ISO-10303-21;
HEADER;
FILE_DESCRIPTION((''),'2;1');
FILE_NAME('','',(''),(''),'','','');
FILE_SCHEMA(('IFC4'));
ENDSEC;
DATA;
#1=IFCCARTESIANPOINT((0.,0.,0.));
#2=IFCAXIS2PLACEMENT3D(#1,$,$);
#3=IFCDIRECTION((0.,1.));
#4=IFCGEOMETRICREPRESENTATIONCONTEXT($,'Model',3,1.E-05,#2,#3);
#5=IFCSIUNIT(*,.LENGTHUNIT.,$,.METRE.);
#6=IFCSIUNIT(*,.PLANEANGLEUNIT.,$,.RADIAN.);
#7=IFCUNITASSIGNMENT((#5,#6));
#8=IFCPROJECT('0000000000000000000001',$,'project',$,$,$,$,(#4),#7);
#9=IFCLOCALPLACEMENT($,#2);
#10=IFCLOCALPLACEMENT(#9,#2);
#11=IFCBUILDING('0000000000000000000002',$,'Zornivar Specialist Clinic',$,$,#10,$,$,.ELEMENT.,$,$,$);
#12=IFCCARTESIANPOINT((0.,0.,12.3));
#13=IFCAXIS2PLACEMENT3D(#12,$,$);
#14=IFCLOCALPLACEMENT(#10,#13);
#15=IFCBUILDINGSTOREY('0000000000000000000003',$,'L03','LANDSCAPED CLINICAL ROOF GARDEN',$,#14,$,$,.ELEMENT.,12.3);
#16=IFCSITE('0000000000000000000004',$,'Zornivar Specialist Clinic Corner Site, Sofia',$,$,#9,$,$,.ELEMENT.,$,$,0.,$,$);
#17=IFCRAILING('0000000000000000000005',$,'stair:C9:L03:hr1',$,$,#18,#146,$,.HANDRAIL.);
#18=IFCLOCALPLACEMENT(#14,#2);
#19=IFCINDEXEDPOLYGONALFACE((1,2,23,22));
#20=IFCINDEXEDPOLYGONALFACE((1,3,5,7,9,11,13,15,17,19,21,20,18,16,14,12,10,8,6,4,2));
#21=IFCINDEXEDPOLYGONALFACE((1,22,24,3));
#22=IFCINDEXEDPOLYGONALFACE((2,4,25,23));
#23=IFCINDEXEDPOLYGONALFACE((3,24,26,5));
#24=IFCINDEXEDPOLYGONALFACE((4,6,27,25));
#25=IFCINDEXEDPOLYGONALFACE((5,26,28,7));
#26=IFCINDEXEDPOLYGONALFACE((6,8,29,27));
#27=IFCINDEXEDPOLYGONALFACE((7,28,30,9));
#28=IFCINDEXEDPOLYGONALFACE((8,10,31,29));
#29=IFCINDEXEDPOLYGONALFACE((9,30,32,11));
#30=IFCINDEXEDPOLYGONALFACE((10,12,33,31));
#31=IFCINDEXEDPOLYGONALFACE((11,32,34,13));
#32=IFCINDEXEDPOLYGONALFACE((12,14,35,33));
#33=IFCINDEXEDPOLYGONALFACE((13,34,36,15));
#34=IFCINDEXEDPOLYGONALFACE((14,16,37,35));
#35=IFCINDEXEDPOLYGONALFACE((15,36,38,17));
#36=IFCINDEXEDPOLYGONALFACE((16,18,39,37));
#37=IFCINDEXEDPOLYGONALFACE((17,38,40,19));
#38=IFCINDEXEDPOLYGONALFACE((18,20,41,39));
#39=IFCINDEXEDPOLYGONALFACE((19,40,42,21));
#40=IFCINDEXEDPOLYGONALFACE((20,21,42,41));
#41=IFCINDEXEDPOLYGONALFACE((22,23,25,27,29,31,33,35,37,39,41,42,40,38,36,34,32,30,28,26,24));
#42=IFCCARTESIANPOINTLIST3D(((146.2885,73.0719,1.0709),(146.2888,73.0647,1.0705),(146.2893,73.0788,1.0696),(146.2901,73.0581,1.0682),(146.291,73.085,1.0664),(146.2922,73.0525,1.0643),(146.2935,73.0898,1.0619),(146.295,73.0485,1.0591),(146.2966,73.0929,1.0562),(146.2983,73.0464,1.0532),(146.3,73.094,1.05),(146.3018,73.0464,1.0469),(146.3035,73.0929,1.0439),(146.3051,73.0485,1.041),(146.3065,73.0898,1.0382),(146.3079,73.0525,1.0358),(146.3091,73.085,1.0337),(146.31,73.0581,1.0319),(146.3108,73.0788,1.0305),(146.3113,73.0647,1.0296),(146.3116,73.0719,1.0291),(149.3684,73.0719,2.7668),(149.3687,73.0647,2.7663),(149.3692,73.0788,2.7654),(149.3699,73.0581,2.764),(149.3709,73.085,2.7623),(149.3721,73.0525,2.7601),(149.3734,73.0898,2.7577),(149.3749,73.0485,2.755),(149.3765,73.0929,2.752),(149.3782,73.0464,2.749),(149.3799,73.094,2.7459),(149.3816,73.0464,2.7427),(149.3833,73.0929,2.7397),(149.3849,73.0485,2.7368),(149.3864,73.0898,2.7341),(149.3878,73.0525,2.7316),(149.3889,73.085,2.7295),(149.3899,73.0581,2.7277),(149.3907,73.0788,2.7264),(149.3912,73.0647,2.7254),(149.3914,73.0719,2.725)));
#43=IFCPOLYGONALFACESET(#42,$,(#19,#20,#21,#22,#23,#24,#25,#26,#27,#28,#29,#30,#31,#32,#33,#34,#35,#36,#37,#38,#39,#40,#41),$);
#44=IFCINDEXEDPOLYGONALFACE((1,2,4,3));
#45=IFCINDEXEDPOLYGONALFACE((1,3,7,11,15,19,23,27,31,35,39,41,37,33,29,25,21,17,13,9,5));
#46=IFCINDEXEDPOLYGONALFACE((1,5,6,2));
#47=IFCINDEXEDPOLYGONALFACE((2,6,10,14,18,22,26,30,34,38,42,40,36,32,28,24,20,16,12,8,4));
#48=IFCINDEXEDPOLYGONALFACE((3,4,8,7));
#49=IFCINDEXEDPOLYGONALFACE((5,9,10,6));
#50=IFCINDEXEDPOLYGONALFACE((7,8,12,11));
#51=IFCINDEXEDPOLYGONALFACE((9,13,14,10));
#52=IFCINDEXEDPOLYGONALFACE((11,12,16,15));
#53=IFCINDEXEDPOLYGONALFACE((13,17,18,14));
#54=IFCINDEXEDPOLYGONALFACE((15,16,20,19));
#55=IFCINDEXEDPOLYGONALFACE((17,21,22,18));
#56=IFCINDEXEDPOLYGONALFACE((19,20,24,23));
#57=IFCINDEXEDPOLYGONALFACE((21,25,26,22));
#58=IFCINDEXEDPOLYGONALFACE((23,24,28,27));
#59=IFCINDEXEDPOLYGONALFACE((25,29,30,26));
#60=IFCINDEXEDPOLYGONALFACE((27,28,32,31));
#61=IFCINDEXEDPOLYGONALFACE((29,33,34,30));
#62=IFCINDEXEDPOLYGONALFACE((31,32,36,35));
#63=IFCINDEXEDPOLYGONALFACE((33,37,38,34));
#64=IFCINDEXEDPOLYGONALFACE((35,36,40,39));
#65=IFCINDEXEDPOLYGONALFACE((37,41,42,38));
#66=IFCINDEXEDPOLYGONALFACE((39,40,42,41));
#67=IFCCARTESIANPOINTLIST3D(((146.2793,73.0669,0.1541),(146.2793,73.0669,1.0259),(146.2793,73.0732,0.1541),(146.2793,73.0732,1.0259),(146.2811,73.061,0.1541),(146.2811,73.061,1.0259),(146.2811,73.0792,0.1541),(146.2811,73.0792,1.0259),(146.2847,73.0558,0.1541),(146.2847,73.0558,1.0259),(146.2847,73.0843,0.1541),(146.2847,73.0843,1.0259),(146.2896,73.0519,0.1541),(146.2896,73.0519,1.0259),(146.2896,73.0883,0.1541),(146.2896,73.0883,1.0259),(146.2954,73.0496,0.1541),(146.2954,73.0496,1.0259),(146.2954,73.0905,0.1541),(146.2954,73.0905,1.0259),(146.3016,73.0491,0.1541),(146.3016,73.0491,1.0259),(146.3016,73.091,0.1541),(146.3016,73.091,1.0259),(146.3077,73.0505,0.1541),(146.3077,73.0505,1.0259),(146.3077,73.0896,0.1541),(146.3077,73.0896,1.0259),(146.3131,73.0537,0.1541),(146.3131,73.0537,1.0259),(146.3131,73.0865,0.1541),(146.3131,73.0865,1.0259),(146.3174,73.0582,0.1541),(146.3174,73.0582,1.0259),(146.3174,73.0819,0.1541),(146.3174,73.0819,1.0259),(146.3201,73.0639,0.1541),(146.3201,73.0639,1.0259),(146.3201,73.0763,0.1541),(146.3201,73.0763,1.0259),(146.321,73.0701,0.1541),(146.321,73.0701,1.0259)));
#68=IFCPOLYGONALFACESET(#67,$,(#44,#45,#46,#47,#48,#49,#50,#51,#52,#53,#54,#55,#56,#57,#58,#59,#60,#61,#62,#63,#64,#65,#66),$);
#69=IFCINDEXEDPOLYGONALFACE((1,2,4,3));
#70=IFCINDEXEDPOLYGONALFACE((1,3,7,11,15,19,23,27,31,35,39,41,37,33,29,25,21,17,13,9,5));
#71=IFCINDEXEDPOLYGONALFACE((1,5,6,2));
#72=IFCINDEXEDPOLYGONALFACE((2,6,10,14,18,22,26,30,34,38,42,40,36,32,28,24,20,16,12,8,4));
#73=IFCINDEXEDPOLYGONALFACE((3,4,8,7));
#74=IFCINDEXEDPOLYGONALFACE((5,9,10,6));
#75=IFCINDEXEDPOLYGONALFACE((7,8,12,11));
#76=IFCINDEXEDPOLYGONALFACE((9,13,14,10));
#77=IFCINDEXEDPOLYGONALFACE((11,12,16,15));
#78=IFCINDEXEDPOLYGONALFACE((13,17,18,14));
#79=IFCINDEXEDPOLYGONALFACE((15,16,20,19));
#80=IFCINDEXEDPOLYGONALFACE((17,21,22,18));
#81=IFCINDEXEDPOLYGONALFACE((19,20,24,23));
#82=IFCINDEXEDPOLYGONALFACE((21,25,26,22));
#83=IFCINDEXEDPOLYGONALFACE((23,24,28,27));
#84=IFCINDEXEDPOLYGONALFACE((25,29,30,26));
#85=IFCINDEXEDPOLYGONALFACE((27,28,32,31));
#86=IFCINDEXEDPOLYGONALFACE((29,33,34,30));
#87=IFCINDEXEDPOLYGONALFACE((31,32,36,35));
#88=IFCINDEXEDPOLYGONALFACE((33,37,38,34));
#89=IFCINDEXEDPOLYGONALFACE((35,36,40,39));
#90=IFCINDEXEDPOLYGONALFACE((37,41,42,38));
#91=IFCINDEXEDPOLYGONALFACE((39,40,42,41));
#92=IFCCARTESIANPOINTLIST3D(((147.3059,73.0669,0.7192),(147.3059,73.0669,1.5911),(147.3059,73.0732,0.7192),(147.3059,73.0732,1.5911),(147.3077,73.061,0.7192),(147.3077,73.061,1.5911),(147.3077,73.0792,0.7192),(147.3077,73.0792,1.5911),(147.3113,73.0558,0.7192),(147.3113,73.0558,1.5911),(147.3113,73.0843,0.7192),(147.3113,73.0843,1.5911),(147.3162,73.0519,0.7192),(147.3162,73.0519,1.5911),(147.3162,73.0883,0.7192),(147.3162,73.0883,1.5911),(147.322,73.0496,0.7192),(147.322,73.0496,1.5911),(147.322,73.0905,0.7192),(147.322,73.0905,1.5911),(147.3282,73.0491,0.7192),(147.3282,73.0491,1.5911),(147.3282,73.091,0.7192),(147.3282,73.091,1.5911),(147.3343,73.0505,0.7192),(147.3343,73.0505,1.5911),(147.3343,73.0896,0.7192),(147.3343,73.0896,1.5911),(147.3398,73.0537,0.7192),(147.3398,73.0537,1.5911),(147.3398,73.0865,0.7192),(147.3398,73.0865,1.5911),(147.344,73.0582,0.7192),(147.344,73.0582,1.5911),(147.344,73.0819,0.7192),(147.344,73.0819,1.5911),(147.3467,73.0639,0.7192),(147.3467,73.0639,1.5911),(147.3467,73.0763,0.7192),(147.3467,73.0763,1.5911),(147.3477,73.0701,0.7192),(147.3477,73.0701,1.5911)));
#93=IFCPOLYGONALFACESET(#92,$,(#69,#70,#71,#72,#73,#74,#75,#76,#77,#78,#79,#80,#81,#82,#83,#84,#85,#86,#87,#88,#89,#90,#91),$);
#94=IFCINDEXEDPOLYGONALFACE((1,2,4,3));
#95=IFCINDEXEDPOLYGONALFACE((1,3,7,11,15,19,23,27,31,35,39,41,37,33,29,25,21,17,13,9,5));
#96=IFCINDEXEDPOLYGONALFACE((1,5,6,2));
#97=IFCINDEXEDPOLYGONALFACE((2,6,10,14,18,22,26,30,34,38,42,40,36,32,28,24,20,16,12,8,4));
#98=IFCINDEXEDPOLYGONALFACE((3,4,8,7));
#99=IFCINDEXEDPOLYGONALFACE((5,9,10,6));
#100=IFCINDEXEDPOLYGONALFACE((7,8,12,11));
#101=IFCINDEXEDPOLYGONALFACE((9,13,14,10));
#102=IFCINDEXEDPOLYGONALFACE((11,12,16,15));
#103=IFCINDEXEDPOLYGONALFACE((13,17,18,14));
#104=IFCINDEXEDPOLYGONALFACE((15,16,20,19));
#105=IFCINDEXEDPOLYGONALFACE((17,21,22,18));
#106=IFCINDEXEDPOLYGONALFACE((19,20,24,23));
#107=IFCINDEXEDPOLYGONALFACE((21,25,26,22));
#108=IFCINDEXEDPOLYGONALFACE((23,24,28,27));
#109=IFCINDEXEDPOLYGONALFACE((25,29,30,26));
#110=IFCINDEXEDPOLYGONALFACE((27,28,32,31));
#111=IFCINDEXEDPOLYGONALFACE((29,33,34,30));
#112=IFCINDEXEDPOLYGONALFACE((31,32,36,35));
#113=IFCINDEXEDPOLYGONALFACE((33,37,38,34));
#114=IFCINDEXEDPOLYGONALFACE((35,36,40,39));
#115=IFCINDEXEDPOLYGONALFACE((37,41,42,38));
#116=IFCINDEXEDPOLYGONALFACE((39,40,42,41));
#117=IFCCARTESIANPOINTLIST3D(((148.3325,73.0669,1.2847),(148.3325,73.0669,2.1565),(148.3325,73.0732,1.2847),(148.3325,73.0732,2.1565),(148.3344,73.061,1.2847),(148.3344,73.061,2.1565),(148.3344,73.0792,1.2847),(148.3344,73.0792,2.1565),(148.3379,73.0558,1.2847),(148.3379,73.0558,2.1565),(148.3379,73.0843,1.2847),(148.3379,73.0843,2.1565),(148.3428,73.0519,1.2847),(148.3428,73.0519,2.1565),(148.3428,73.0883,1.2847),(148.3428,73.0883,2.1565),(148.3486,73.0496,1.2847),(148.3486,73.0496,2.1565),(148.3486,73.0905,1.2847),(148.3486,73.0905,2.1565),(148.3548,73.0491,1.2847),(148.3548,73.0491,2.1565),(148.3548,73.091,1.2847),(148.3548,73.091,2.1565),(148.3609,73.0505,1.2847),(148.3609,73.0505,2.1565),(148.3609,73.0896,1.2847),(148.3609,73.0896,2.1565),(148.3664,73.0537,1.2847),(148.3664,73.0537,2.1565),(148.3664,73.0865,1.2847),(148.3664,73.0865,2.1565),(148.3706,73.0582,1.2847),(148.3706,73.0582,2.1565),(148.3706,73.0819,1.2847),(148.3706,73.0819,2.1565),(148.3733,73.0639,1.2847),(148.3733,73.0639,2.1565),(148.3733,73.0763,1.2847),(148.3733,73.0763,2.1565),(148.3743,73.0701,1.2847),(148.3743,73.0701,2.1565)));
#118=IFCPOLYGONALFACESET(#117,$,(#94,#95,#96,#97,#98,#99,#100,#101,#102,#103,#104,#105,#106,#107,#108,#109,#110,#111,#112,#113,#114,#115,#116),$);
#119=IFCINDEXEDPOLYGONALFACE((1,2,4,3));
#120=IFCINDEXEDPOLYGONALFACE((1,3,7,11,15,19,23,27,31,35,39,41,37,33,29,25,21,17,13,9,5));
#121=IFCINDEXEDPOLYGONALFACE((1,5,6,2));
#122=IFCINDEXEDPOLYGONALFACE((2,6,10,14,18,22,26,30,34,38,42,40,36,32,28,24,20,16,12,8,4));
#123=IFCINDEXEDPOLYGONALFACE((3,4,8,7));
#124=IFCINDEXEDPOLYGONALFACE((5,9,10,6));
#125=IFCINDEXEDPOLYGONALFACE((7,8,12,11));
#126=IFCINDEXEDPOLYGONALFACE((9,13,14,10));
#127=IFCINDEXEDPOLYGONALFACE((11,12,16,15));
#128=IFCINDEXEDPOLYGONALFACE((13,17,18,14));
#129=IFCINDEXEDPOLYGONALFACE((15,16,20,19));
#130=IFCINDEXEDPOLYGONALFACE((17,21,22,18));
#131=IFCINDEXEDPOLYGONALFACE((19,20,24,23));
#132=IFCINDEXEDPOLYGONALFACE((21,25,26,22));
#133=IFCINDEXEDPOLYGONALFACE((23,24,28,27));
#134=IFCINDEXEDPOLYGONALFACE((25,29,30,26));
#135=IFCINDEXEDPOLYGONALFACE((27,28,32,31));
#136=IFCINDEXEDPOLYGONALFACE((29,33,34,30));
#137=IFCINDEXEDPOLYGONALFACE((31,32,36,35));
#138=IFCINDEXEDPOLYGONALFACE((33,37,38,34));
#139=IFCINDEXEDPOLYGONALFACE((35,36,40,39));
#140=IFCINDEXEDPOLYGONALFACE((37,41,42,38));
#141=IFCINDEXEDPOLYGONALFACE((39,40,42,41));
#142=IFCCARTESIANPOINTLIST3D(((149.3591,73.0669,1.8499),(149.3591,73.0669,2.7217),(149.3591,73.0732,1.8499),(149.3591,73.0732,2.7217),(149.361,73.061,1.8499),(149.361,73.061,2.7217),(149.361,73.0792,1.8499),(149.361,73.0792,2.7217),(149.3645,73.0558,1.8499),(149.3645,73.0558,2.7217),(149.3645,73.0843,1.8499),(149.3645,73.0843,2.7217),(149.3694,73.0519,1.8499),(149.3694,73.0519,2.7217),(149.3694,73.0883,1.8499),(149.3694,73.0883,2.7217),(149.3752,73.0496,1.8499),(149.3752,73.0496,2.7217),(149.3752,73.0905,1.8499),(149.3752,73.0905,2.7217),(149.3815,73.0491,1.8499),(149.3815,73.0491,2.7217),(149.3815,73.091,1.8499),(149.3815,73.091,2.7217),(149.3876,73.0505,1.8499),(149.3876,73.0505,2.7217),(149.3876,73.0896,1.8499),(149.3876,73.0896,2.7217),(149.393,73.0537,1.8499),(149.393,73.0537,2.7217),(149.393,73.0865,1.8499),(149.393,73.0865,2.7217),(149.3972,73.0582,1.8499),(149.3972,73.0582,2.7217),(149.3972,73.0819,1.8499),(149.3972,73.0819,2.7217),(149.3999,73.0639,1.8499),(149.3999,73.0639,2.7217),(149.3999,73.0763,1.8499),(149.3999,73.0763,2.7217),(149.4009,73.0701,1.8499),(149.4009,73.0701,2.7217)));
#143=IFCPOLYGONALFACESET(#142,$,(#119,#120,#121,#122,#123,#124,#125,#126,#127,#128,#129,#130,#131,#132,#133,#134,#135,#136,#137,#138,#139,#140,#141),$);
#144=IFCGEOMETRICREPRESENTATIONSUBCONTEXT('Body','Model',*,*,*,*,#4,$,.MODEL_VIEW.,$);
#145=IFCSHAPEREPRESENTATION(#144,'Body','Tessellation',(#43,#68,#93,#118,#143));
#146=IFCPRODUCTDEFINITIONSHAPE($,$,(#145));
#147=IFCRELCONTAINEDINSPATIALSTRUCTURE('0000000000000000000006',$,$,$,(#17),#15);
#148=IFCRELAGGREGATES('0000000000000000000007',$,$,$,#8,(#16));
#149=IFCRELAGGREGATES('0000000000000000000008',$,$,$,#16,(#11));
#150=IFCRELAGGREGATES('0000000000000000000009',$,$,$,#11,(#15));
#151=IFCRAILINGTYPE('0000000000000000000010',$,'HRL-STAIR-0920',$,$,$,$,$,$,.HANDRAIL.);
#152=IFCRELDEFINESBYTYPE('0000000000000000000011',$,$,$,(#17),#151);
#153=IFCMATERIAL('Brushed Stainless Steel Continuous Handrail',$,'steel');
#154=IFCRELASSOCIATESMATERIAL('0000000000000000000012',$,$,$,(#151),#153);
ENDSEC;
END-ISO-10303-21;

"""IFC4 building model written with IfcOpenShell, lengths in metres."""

from ifc_helpers import new_model, si_unit, direction, frame, origin, origin_2d, place, context, subcontext, project, spatial, circle, extrude, material, type_object, element, save


model = new_model("IFC4")

# Units and contexts
model_context = context("Model", 3, precision=1e-05, world=origin(), true_north=direction((0.0, 1.0)))
body_context = subcontext(model_context, "Body", "Model", "MODEL_VIEW")
ifc_project = project(units=[si_unit("LENGTHUNIT", "METRE"), si_unit("PLANEANGLEUNIT", "RADIAN")], contexts=[model_context])

# Site, building, storey
site_placement = place(None, origin())
site = spatial("IfcSite", under=ifc_project, at=site_placement, Name="Zornivar Specialist Clinic Corner Site, Sofia", CompositionType="ELEMENT", RefElevation=0.0)
building_placement = place(site_placement, origin())
building = spatial("IfcBuilding", under=site, at=building_placement, Name="Zornivar Specialist Clinic", CompositionType="ELEMENT")
storey_placement = place(building_placement, frame((0.0, 0.0, 12.3)))
storey = spatial("IfcBuildingStorey", under=building, at=storey_placement, Name="L03", Description="LANDSCAPED CLINICAL ROOF GARDEN", CompositionType="ELEMENT", Elevation=12.3)

# Railing
ifc_material_1 = material(Name="Brushed Stainless Steel Continuous Handrail", Category="steel")
railing_type = type_object("IfcRailingType", Name="HRL-STAIR-0920", PredefinedType="HANDRAIL", material=ifc_material_1)
railing_placement = place(storey_placement, frame((146.3, 73.0701, 0.1541)))
element("IfcRailing", 1, at=railing_placement, inside=storey, type_object=railing_type, Name="stair:C9:L03:hr1", PredefinedType="HANDRAIL", context=body_context, shape_type="SweptSolid", body=[
    extrude(circle(Radius=0.0239, at=origin_2d()), frame((0.0, 0.0, 0.896), z_axis=(0.875989, 0.0, 0.482332), x_axis=(0.0, 1.0, 0.0)), (0.0, 0.0, 1.0), 3.5159),
    extrude(circle(Radius=0.021, at=origin_2d()), origin(), (0.0, 0.0, 1.0), 0.8718),
    extrude(circle(Radius=0.021, at=origin_2d()), frame((1.0266, 0.0, 0.5652)), (0.0, 0.0, 1.0), 0.8718),
    extrude(circle(Radius=0.021, at=origin_2d()), frame((2.0532, 0.0, 1.1306)), (0.0, 0.0, 1.0), 0.8718),
    extrude(circle(Radius=0.021, at=origin_2d()), frame((3.0798, 0.0, 1.6958)), (0.0, 0.0, 1.0), 0.8718),
])

save(model, "model.ifc")
